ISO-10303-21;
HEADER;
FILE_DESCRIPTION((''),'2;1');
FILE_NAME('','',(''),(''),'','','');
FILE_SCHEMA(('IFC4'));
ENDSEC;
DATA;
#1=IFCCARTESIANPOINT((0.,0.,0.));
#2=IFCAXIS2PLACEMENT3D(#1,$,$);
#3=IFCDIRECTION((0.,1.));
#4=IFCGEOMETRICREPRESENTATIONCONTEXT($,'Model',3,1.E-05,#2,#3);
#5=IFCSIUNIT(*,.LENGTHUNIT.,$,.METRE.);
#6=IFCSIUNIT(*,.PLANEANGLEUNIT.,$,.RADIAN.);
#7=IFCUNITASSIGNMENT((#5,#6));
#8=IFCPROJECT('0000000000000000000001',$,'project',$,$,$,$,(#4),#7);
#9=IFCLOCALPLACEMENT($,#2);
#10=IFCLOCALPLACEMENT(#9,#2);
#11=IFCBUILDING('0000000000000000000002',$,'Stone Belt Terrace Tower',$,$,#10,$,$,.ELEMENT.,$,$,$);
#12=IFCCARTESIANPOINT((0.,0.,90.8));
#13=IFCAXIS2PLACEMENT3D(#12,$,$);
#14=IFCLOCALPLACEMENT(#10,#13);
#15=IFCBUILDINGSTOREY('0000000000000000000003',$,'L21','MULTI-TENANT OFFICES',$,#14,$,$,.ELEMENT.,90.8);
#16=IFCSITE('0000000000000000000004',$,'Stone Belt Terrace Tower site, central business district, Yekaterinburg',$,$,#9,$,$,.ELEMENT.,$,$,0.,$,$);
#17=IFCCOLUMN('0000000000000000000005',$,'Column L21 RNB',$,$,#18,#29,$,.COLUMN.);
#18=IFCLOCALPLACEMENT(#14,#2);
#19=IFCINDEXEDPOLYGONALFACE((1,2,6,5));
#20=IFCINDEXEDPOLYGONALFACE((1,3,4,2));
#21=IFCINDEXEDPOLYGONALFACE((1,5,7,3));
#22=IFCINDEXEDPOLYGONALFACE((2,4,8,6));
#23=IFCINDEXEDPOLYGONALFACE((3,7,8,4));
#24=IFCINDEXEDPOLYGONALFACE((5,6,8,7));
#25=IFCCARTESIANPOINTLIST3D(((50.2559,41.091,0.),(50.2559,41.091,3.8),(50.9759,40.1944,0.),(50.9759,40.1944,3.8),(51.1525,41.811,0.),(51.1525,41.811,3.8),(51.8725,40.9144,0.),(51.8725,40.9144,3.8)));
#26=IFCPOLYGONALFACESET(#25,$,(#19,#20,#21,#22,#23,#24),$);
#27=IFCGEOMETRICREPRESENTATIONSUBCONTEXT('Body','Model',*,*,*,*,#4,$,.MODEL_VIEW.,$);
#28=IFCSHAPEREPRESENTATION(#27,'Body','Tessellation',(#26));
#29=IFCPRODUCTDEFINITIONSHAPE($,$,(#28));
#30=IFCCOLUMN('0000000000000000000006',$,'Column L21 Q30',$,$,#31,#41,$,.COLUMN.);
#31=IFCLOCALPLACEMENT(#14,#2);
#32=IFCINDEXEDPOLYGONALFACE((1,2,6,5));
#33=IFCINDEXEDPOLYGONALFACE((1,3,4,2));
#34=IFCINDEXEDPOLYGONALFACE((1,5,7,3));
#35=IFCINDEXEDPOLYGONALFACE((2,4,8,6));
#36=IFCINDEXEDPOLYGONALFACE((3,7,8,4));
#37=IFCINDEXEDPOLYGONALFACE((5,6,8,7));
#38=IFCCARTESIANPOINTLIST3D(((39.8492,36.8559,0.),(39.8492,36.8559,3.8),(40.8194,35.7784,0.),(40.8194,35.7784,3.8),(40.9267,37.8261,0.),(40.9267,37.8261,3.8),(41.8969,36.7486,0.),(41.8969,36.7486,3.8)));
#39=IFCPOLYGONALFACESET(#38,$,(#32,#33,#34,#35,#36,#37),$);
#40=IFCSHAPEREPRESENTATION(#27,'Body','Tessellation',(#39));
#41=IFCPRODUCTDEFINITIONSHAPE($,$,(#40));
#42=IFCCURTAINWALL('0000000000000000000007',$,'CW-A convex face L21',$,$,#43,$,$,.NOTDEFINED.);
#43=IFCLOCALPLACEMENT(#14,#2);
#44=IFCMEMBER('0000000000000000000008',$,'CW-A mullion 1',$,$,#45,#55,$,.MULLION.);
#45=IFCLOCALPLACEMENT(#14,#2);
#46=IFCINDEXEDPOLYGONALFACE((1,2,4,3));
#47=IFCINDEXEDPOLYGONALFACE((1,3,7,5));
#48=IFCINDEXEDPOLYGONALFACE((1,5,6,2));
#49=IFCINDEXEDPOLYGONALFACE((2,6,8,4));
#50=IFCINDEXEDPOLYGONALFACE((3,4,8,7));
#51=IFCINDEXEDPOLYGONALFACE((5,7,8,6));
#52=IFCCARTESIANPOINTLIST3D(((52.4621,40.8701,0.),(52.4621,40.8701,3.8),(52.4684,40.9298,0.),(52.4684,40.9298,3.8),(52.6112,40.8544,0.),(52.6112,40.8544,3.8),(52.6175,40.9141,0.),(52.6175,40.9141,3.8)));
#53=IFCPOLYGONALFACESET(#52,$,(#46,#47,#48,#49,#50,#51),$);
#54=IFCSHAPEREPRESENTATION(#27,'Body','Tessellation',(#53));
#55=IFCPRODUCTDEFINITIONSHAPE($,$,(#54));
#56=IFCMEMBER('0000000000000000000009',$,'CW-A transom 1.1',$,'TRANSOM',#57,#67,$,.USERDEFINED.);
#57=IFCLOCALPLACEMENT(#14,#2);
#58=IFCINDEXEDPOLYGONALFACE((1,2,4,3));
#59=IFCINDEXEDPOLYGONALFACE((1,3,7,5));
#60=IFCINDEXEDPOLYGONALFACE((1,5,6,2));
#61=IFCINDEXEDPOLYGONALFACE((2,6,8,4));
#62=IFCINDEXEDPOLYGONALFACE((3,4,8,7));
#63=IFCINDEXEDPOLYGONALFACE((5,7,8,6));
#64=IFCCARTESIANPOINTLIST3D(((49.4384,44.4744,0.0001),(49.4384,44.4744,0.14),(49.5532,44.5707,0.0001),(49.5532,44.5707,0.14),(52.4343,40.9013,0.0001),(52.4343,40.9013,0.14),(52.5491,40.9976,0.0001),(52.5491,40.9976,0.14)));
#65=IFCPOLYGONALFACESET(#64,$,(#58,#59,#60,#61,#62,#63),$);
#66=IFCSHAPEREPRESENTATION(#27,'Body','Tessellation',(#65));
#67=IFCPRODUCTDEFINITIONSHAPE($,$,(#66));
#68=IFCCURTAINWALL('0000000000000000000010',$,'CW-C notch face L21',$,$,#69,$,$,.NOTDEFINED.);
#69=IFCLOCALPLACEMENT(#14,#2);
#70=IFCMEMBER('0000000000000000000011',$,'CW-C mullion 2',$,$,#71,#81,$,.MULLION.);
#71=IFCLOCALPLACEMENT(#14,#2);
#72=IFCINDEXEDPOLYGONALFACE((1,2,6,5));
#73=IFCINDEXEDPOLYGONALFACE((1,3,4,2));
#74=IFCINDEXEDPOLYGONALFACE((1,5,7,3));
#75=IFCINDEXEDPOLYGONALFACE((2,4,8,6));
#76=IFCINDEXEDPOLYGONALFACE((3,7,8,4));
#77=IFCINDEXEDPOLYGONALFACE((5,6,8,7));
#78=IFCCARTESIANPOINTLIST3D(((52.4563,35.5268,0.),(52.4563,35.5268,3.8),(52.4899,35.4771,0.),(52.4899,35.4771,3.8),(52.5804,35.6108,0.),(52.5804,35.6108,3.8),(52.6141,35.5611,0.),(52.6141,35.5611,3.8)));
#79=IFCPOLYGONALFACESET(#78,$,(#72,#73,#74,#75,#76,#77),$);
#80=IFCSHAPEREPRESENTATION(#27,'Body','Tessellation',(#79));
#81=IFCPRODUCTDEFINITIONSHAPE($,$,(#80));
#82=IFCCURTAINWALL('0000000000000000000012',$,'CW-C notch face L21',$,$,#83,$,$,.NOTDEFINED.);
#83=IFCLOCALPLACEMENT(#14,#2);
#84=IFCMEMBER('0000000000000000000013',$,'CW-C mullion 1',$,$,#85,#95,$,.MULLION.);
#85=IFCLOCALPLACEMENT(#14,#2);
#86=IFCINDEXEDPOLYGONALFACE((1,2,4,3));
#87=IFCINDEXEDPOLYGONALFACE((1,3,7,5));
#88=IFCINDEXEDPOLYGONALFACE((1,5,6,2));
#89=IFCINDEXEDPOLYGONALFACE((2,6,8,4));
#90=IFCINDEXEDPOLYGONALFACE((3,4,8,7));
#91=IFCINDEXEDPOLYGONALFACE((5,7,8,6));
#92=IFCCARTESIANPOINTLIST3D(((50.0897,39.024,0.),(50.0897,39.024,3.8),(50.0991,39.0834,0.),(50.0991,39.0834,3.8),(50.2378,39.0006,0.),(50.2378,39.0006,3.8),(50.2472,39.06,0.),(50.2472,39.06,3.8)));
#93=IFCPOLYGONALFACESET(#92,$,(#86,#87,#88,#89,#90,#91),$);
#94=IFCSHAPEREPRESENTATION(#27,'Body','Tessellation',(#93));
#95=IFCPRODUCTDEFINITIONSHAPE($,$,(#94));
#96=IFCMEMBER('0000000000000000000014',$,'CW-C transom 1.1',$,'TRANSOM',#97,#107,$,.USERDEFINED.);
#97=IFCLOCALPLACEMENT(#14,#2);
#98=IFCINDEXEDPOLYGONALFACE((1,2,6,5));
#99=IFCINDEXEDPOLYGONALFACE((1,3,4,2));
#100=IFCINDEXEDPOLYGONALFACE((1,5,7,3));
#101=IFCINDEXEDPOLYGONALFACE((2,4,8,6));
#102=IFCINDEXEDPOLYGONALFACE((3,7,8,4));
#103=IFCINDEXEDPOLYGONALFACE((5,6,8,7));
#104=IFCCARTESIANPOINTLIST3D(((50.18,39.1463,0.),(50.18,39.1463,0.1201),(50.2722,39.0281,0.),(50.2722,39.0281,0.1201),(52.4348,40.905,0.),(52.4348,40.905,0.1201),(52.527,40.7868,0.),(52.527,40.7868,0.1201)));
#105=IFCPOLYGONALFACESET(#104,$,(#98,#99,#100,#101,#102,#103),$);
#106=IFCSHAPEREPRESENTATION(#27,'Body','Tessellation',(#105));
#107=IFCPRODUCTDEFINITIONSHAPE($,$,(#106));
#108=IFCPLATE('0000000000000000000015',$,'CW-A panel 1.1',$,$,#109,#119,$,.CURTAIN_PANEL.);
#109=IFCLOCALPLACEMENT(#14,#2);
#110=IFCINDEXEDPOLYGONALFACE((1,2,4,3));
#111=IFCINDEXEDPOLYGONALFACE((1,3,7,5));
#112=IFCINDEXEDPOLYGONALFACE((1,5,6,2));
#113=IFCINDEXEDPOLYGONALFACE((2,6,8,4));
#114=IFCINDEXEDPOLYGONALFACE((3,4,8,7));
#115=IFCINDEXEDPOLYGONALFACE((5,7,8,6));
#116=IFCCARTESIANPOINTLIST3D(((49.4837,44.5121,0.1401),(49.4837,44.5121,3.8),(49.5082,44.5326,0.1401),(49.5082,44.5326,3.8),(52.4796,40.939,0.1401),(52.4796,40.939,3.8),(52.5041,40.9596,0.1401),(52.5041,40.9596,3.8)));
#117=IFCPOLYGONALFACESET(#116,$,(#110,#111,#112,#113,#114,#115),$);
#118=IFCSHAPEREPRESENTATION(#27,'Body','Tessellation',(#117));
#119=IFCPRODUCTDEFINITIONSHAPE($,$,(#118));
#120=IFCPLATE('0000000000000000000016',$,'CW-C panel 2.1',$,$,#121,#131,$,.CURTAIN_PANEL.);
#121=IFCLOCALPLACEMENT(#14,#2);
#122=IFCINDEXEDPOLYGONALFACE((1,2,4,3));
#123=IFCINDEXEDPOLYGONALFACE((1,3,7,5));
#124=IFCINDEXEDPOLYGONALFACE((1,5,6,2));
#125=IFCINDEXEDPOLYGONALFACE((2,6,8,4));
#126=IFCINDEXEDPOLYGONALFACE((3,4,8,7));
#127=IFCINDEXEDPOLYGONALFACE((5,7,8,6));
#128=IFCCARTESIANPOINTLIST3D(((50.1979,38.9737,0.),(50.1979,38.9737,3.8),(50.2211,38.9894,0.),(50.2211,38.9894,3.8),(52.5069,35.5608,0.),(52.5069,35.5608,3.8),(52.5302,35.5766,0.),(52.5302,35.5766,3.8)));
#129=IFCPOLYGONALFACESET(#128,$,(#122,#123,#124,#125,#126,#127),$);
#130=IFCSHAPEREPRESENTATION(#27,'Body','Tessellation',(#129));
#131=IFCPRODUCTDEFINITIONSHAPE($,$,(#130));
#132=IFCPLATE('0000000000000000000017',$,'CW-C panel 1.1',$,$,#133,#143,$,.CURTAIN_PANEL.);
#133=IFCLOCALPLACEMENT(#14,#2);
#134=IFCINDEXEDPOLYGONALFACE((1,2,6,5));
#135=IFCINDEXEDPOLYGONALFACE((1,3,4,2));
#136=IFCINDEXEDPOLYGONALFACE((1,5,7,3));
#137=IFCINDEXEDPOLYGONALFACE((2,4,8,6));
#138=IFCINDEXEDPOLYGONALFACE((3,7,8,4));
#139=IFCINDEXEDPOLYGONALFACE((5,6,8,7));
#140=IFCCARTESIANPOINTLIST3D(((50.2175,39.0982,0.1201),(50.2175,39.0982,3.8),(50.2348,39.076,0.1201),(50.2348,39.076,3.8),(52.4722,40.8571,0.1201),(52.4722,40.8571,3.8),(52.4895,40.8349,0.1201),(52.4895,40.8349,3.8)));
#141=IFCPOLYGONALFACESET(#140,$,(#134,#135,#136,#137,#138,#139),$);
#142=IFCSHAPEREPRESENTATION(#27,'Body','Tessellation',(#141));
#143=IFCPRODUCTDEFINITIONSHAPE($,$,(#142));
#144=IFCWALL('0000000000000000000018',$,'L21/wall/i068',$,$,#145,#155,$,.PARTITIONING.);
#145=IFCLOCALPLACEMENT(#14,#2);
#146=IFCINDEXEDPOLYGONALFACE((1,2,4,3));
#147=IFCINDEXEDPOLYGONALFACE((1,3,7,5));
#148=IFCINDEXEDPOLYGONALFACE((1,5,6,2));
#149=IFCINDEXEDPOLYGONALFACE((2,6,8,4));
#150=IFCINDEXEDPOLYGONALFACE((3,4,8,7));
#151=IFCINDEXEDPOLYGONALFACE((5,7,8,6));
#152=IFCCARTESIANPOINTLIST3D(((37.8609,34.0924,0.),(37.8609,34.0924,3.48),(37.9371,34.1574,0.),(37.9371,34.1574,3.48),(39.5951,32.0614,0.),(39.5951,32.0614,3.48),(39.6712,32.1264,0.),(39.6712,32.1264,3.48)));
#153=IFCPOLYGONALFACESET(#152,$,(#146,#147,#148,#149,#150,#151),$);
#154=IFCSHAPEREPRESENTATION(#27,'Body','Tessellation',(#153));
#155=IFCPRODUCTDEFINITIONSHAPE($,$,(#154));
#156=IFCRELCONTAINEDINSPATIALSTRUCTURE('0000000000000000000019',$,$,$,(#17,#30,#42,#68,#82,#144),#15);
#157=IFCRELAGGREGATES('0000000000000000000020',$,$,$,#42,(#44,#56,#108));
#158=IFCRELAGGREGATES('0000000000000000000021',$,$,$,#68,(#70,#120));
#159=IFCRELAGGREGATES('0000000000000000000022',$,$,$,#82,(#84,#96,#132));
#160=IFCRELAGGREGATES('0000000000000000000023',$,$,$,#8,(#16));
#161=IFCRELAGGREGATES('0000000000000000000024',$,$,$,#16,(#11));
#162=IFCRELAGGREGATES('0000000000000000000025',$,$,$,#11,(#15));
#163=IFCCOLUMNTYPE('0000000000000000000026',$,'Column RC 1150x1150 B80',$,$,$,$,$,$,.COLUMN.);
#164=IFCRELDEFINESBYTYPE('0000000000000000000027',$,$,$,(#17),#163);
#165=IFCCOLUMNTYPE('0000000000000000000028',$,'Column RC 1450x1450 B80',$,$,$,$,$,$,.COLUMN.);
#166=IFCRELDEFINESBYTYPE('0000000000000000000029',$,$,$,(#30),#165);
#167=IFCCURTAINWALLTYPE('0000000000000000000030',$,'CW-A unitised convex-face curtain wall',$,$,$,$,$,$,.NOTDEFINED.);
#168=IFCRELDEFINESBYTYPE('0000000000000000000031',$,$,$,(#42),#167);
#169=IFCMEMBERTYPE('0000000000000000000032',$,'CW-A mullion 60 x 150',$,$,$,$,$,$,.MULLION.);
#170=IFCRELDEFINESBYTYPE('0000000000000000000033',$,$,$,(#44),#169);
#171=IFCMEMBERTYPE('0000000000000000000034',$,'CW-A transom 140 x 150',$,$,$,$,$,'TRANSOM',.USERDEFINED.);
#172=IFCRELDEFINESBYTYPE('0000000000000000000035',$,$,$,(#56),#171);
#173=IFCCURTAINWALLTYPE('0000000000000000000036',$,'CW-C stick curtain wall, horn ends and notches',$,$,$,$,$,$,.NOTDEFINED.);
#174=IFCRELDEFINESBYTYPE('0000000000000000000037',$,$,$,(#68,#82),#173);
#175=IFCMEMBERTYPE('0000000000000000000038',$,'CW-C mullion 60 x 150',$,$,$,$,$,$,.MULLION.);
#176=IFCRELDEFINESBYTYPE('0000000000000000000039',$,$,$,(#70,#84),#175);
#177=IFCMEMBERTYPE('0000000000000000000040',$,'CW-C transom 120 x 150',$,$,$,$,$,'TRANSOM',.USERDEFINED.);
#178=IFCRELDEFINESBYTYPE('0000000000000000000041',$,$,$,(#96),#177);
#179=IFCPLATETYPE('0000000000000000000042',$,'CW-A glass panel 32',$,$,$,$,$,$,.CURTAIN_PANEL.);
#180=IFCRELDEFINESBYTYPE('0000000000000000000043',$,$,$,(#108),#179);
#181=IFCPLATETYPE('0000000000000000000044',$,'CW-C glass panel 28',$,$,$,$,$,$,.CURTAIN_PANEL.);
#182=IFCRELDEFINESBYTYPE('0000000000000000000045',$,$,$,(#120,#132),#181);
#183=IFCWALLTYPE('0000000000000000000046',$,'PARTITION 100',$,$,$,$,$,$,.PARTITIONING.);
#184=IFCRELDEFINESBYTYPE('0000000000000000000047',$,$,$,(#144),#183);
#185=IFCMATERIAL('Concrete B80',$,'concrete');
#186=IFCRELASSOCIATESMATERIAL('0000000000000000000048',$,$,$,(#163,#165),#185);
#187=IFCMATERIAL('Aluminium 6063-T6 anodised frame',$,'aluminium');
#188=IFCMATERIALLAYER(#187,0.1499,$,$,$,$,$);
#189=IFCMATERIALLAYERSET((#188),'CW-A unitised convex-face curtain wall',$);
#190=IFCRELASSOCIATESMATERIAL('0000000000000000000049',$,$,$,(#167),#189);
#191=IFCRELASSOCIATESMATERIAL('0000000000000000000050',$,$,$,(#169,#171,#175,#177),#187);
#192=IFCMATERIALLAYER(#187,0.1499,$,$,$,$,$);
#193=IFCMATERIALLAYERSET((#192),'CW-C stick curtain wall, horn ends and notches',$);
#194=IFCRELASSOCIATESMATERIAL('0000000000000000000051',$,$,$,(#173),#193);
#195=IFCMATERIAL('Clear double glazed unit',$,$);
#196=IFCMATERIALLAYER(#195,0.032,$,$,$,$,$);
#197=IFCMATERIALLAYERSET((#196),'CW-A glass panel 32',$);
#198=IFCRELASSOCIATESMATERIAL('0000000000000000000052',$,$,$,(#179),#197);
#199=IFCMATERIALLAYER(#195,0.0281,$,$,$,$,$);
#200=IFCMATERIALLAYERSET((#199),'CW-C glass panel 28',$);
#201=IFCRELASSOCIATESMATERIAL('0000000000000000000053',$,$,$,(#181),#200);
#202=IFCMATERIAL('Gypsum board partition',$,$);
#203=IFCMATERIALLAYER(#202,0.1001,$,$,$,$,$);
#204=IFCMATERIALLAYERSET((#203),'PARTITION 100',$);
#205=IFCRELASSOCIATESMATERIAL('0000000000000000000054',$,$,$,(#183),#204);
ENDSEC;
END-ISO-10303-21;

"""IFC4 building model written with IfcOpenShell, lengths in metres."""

from ifc_helpers import new_model, si_unit, direction, frame, frame_2d, origin, origin_2d, place, context, subcontext, project, spatial, rectangle, extrude, material, layer, layer_set, material_profile, profile_set, type_object, element, aggregate, save


model = new_model("IFC4")

# Units and contexts
model_context = context("Model", 3, precision=1e-05, world=origin(), true_north=direction((0.0, 1.0)))
body_context = subcontext(model_context, "Body", "Model", "MODEL_VIEW")
ifc_project = project(units=[si_unit("LENGTHUNIT", "METRE"), si_unit("PLANEANGLEUNIT", "RADIAN")], contexts=[model_context])

# Site, building, storey
site_placement = place(None, origin())
site = spatial("IfcSite", under=ifc_project, at=site_placement, Name="Stone Belt Terrace Tower site, central business district, Yekaterinburg", CompositionType="ELEMENT", RefElevation=0.0)
building_placement = place(site_placement, origin())
building = spatial("IfcBuilding", under=site, at=building_placement, Name="Stone Belt Terrace Tower", CompositionType="ELEMENT")
storey_placement = place(building_placement, frame((0.0, 0.0, 90.8)))
storey = spatial("IfcBuildingStorey", under=building, at=storey_placement, Name="L21", Description="MULTI-TENANT OFFICES", CompositionType="ELEMENT", Elevation=90.8)

# Columns
ifc_material_1 = material(Name="Concrete B80", Category="concrete")
ifc_material_profile_1 = material_profile(ifc_material_1, rectangle(XDim=1.1499, YDim=1.1499, at=origin_2d()), Name="RC 1150x1150")
ifc_profile_set_1 = profile_set([ifc_material_profile_1], Name="Concrete B80")
column_type_1 = type_object("IfcColumnType", Name="Column RC 1150x1150 B80", PredefinedType="COLUMN", material=ifc_profile_set_1)
column_1_placement = place(storey_placement, frame((51.0642, 41.0027, 0.0), z_axis=(0.0, 0.0, 1.0), x_axis=(0.626104, -0.779739, 0.0)))
element("IfcColumn", 1, at=column_1_placement, inside=storey, type_object=column_type_1, Name="Column L21 RNB", PredefinedType="COLUMN", context=body_context, shape_type="SweptSolid", body=[
    extrude(rectangle(XDim=1.1499, YDim=1.1499, at=origin_2d()), origin(), (0.0, 0.0, 1.0), 3.8),
])
ifc_material_profile_2 = material_profile(ifc_material_1, rectangle(XDim=1.45, YDim=1.45, at=origin_2d()), Name="RC 1450x1450")
ifc_profile_set_2 = profile_set([ifc_material_profile_2], Name="Concrete B80")
column_type_2 = type_object("IfcColumnType", Name="Column RC 1450x1450 B80", PredefinedType="COLUMN", material=ifc_profile_set_2)
column_2_placement = place(storey_placement, frame((40.873, 36.8022, 0.0), z_axis=(0.0, 0.0, 1.0), x_axis=(0.669131, -0.743145, 0.0)))
element("IfcColumn", 2, at=column_2_placement, inside=storey, type_object=column_type_2, Name="Column L21 Q30", PredefinedType="COLUMN", context=body_context, shape_type="SweptSolid", body=[
    extrude(rectangle(XDim=1.45, YDim=1.45, at=origin_2d()), origin(), (0.0, 0.0, 1.0), 3.8),
])

# Curtain wall, members
ifc_material_2 = material(Name="Aluminium 6063-T6 anodised frame", Category="aluminium")
ifc_layer_1 = layer(ifc_material_2, 0.1499)
ifc_layer_set_1 = layer_set([ifc_layer_1], Name="CW-A unitised convex-face curtain wall")
curtain_wall_type_1 = type_object("IfcCurtainWallType", Name="CW-A unitised convex-face curtain wall", PredefinedType="NOTDEFINED", material=ifc_layer_set_1)
curtain_wall_1_placement = place(storey_placement, origin())
curtain_wall_1 = element("IfcCurtainWall", 3, at=curtain_wall_1_placement, inside=storey, type_object=curtain_wall_type_1, Name="CW-A convex face L21", PredefinedType="NOTDEFINED")
ifc_material_profile_3 = material_profile(ifc_material_2, rectangle(XDim=0.1499, YDim=0.0601, at=origin_2d()), Name="Aluminium 6063-T6 60x150")
ifc_profile_set_3 = profile_set([ifc_material_profile_3], Name="Aluminium 6063-T6 anodised frame")
member_type_1 = type_object("IfcMemberType", Name="CW-A mullion 60 x 150", PredefinedType="MULLION", material=ifc_profile_set_3)
member_1_placement = place(storey_placement, frame((52.5398, 40.8921, 0.0), z_axis=(0.0, 0.0, 1.0), x_axis=(-0.994465, 0.105071, 0.0)))
member_1 = element("IfcMember", 4, at=member_1_placement, type_object=member_type_1, Name="CW-A mullion 1", PredefinedType="MULLION", context=body_context, shape_type="SweptSolid", body=[
    extrude(rectangle(XDim=0.1499, YDim=0.0601, at=origin_2d()), origin(), (0.0, 0.0, 1.0), 3.8),
])
ifc_material_profile_4 = material_profile(ifc_material_2, rectangle(XDim=0.1499, YDim=0.1399, at=origin_2d()), Name="Aluminium 6063-T6 150x140")
ifc_profile_set_4 = profile_set([ifc_material_profile_4], Name="Aluminium 6063-T6 anodised frame")
member_type_2 = type_object("IfcMemberType", Name="CW-A transom 140 x 150", ElementType="TRANSOM", PredefinedType="USERDEFINED", material=ifc_profile_set_4)
member_2_placement = place(storey_placement, frame((52.4917, 40.9495, 0.0701), z_axis=(-0.642504, 0.766282, 0.0), x_axis=(-0.766282, -0.642504, 0.0)))
member_2 = element("IfcMember", 5, at=member_2_placement, type_object=member_type_2, Name="CW-A transom 1.1", ObjectType="TRANSOM", PredefinedType="USERDEFINED", context=body_context, shape_type="SweptSolid", body=[
    extrude(rectangle(XDim=0.1499, YDim=0.1399, at=origin_2d()), origin(), (0.0, 0.0, 1.0), 4.6628),
])

# Curtain wall, member
ifc_layer_2 = layer(ifc_material_2, 0.1499)
ifc_layer_set_2 = layer_set([ifc_layer_2], Name="CW-C stick curtain wall, horn ends and notches")
curtain_wall_type_2 = type_object("IfcCurtainWallType", Name="CW-C stick curtain wall, horn ends and notches", PredefinedType="NOTDEFINED", material=ifc_layer_set_2)
curtain_wall_2_placement = place(storey_placement, origin())
curtain_wall_2 = element("IfcCurtainWall", 6, at=curtain_wall_2_placement, inside=storey, type_object=curtain_wall_type_2, Name="CW-C notch face L21", PredefinedType="NOTDEFINED")
ifc_material_profile_5 = material_profile(ifc_material_2, rectangle(XDim=0.1499, YDim=0.0601, at=origin_2d()), Name="Aluminium 6063-T6 60x150")
ifc_profile_set_5 = profile_set([ifc_material_profile_5], Name="Aluminium 6063-T6 anodised frame")
member_type_3 = type_object("IfcMemberType", Name="CW-C mullion 60 x 150", PredefinedType="MULLION", material=ifc_profile_set_5)
member_3_placement = place(storey_placement, frame((52.5352, 35.5439, 0.0), z_axis=(0.0, 0.0, 1.0), x_axis=(-0.828244, -0.560367, 0.0)))
member_3 = element("IfcMember", 7, at=member_3_placement, type_object=member_type_3, Name="CW-C mullion 2", PredefinedType="MULLION", context=body_context, shape_type="SweptSolid", body=[
    extrude(rectangle(XDim=0.1499, YDim=0.0601, at=origin_2d()), origin(), (0.0, 0.0, 1.0), 3.8),
])

# Curtain wall, members
curtain_wall_3_placement = place(storey_placement, origin())
curtain_wall_3 = element("IfcCurtainWall", 8, at=curtain_wall_3_placement, inside=storey, type_object=curtain_wall_type_2, Name="CW-C notch face L21", PredefinedType="NOTDEFINED")
member_4_placement = place(storey_placement, frame((50.1685, 39.042, 0.0), z_axis=(0.0, 0.0, 1.0), x_axis=(-0.987742, 0.156094, 0.0)))
member_4 = element("IfcMember", 9, at=member_4_placement, type_object=member_type_3, Name="CW-C mullion 1", PredefinedType="MULLION", context=body_context, shape_type="SweptSolid", body=[
    extrude(rectangle(XDim=0.1499, YDim=0.0601, at=origin_2d()), origin(), (0.0, 0.0, 1.0), 3.8),
])
ifc_material_profile_6 = material_profile(ifc_material_2, rectangle(XDim=0.1499, YDim=0.1201, at=origin_2d()), Name="Aluminium 6063-T6 150x120")
ifc_profile_set_6 = profile_set([ifc_material_profile_6], Name="Aluminium 6063-T6 anodised frame")
member_type_4 = type_object("IfcMemberType", Name="CW-C transom 120 x 150", ElementType="TRANSOM", PredefinedType="USERDEFINED", material=ifc_profile_set_6)
member_5_placement = place(storey_placement, frame((50.2261, 39.0872, 0.0601), z_axis=(0.788506, 0.615028, 0.0), x_axis=(-0.615028, 0.788506, 0.0)))
member_5 = element("IfcMember", 10, at=member_5_placement, type_object=member_type_4, Name="CW-C transom 1.1", ObjectType="TRANSOM", PredefinedType="USERDEFINED", context=body_context, shape_type="SweptSolid", body=[
    extrude(rectangle(XDim=0.1499, YDim=0.1201, at=origin_2d()), origin(), (0.0, 0.0, 1.0), 2.8596),
])

# Plates
ifc_material_3 = material(Name="Clear double glazed unit")
ifc_layer_3 = layer(ifc_material_3, 0.032)
ifc_layer_set_3 = layer_set([ifc_layer_3], Name="CW-A glass panel 32")
plate_type_1 = type_object("IfcPlateType", Name="CW-A glass panel 32", PredefinedType="CURTAIN_PANEL", material=ifc_layer_set_3)
plate_1_placement = place(storey_placement, frame((50.9939, 42.7358, 0.1401), z_axis=(0.0, 0.0, 1.0), x_axis=(-0.642509, 0.766278, 0.0)))
plate_1 = element("IfcPlate", 11, at=plate_1_placement, type_object=plate_type_1, Name="CW-A panel 1.1", PredefinedType="CURTAIN_PANEL", context=body_context, shape_type="SweptSolid", body=[
    extrude(rectangle(XDim=4.6628, YDim=0.032, at=origin_2d()), origin(), (0.0, 0.0, 1.0), 3.6599),
])
aggregate(curtain_wall_1, [member_1, member_2, plate_1])
ifc_layer_4 = layer(ifc_material_3, 0.0281)
ifc_layer_set_4 = layer_set([ifc_layer_4], Name="CW-C glass panel 28")
plate_type_2 = type_object("IfcPlateType", Name="CW-C glass panel 28", PredefinedType="CURTAIN_PANEL", material=ifc_layer_set_4)
plate_2_placement = place(storey_placement, frame((51.364, 37.2751, 0.0), z_axis=(0.0, 0.0, 1.0), x_axis=(-0.560367, 0.828244, 0.0)))
plate_2 = element("IfcPlate", 12, at=plate_2_placement, type_object=plate_type_2, Name="CW-C panel 2.1", PredefinedType="CURTAIN_PANEL", context=body_context, shape_type="SweptSolid", body=[
    extrude(rectangle(XDim=4.1206, YDim=0.0281, at=origin_2d()), origin(), (0.0, 0.0, 1.0), 3.8),
])
aggregate(curtain_wall_2, [member_3, plate_2])
plate_3_placement = place(storey_placement, frame((51.3535, 39.9666, 0.1201), z_axis=(0.0, 0.0, 1.0), x_axis=(0.788458, 0.615089, 0.0)))
plate_3 = element("IfcPlate", 13, at=plate_3_placement, type_object=plate_type_2, Name="CW-C panel 1.1", PredefinedType="CURTAIN_PANEL", context=body_context, shape_type="SweptSolid", body=[
    extrude(rectangle(XDim=2.8596, YDim=0.0281, at=origin_2d()), origin(), (0.0, 0.0, 1.0), 3.6799),
])
aggregate(curtain_wall_3, [member_4, member_5, plate_3])

# Wall
ifc_material_4 = material(Name="Gypsum board partition")
ifc_layer_5 = layer(ifc_material_4, 0.1001)
ifc_layer_set_5 = layer_set([ifc_layer_5], Name="PARTITION 100")
wall_type_1 = type_object("IfcWallType", Name="PARTITION 100", PredefinedType="PARTITIONING", material=ifc_layer_set_5)
wall_1_placement = place(storey_placement, frame((37.8989, 34.125, 0.0), z_axis=(0.0, 0.0, 1.0), x_axis=(0.649337, -0.760501, 0.0)))
element("IfcWall", 14, at=wall_1_placement, inside=storey, type_object=wall_type_1, Name="L21/wall/i068", PredefinedType="PARTITIONING", context=body_context, shape_type="SweptSolid", body=[
    extrude(rectangle(XDim=2.6707, YDim=0.1001, at=frame_2d((1.3354, 0.0))), origin(), (0.0, 0.0, 1.0), 3.48),
])

save(model, "model.ifc")
